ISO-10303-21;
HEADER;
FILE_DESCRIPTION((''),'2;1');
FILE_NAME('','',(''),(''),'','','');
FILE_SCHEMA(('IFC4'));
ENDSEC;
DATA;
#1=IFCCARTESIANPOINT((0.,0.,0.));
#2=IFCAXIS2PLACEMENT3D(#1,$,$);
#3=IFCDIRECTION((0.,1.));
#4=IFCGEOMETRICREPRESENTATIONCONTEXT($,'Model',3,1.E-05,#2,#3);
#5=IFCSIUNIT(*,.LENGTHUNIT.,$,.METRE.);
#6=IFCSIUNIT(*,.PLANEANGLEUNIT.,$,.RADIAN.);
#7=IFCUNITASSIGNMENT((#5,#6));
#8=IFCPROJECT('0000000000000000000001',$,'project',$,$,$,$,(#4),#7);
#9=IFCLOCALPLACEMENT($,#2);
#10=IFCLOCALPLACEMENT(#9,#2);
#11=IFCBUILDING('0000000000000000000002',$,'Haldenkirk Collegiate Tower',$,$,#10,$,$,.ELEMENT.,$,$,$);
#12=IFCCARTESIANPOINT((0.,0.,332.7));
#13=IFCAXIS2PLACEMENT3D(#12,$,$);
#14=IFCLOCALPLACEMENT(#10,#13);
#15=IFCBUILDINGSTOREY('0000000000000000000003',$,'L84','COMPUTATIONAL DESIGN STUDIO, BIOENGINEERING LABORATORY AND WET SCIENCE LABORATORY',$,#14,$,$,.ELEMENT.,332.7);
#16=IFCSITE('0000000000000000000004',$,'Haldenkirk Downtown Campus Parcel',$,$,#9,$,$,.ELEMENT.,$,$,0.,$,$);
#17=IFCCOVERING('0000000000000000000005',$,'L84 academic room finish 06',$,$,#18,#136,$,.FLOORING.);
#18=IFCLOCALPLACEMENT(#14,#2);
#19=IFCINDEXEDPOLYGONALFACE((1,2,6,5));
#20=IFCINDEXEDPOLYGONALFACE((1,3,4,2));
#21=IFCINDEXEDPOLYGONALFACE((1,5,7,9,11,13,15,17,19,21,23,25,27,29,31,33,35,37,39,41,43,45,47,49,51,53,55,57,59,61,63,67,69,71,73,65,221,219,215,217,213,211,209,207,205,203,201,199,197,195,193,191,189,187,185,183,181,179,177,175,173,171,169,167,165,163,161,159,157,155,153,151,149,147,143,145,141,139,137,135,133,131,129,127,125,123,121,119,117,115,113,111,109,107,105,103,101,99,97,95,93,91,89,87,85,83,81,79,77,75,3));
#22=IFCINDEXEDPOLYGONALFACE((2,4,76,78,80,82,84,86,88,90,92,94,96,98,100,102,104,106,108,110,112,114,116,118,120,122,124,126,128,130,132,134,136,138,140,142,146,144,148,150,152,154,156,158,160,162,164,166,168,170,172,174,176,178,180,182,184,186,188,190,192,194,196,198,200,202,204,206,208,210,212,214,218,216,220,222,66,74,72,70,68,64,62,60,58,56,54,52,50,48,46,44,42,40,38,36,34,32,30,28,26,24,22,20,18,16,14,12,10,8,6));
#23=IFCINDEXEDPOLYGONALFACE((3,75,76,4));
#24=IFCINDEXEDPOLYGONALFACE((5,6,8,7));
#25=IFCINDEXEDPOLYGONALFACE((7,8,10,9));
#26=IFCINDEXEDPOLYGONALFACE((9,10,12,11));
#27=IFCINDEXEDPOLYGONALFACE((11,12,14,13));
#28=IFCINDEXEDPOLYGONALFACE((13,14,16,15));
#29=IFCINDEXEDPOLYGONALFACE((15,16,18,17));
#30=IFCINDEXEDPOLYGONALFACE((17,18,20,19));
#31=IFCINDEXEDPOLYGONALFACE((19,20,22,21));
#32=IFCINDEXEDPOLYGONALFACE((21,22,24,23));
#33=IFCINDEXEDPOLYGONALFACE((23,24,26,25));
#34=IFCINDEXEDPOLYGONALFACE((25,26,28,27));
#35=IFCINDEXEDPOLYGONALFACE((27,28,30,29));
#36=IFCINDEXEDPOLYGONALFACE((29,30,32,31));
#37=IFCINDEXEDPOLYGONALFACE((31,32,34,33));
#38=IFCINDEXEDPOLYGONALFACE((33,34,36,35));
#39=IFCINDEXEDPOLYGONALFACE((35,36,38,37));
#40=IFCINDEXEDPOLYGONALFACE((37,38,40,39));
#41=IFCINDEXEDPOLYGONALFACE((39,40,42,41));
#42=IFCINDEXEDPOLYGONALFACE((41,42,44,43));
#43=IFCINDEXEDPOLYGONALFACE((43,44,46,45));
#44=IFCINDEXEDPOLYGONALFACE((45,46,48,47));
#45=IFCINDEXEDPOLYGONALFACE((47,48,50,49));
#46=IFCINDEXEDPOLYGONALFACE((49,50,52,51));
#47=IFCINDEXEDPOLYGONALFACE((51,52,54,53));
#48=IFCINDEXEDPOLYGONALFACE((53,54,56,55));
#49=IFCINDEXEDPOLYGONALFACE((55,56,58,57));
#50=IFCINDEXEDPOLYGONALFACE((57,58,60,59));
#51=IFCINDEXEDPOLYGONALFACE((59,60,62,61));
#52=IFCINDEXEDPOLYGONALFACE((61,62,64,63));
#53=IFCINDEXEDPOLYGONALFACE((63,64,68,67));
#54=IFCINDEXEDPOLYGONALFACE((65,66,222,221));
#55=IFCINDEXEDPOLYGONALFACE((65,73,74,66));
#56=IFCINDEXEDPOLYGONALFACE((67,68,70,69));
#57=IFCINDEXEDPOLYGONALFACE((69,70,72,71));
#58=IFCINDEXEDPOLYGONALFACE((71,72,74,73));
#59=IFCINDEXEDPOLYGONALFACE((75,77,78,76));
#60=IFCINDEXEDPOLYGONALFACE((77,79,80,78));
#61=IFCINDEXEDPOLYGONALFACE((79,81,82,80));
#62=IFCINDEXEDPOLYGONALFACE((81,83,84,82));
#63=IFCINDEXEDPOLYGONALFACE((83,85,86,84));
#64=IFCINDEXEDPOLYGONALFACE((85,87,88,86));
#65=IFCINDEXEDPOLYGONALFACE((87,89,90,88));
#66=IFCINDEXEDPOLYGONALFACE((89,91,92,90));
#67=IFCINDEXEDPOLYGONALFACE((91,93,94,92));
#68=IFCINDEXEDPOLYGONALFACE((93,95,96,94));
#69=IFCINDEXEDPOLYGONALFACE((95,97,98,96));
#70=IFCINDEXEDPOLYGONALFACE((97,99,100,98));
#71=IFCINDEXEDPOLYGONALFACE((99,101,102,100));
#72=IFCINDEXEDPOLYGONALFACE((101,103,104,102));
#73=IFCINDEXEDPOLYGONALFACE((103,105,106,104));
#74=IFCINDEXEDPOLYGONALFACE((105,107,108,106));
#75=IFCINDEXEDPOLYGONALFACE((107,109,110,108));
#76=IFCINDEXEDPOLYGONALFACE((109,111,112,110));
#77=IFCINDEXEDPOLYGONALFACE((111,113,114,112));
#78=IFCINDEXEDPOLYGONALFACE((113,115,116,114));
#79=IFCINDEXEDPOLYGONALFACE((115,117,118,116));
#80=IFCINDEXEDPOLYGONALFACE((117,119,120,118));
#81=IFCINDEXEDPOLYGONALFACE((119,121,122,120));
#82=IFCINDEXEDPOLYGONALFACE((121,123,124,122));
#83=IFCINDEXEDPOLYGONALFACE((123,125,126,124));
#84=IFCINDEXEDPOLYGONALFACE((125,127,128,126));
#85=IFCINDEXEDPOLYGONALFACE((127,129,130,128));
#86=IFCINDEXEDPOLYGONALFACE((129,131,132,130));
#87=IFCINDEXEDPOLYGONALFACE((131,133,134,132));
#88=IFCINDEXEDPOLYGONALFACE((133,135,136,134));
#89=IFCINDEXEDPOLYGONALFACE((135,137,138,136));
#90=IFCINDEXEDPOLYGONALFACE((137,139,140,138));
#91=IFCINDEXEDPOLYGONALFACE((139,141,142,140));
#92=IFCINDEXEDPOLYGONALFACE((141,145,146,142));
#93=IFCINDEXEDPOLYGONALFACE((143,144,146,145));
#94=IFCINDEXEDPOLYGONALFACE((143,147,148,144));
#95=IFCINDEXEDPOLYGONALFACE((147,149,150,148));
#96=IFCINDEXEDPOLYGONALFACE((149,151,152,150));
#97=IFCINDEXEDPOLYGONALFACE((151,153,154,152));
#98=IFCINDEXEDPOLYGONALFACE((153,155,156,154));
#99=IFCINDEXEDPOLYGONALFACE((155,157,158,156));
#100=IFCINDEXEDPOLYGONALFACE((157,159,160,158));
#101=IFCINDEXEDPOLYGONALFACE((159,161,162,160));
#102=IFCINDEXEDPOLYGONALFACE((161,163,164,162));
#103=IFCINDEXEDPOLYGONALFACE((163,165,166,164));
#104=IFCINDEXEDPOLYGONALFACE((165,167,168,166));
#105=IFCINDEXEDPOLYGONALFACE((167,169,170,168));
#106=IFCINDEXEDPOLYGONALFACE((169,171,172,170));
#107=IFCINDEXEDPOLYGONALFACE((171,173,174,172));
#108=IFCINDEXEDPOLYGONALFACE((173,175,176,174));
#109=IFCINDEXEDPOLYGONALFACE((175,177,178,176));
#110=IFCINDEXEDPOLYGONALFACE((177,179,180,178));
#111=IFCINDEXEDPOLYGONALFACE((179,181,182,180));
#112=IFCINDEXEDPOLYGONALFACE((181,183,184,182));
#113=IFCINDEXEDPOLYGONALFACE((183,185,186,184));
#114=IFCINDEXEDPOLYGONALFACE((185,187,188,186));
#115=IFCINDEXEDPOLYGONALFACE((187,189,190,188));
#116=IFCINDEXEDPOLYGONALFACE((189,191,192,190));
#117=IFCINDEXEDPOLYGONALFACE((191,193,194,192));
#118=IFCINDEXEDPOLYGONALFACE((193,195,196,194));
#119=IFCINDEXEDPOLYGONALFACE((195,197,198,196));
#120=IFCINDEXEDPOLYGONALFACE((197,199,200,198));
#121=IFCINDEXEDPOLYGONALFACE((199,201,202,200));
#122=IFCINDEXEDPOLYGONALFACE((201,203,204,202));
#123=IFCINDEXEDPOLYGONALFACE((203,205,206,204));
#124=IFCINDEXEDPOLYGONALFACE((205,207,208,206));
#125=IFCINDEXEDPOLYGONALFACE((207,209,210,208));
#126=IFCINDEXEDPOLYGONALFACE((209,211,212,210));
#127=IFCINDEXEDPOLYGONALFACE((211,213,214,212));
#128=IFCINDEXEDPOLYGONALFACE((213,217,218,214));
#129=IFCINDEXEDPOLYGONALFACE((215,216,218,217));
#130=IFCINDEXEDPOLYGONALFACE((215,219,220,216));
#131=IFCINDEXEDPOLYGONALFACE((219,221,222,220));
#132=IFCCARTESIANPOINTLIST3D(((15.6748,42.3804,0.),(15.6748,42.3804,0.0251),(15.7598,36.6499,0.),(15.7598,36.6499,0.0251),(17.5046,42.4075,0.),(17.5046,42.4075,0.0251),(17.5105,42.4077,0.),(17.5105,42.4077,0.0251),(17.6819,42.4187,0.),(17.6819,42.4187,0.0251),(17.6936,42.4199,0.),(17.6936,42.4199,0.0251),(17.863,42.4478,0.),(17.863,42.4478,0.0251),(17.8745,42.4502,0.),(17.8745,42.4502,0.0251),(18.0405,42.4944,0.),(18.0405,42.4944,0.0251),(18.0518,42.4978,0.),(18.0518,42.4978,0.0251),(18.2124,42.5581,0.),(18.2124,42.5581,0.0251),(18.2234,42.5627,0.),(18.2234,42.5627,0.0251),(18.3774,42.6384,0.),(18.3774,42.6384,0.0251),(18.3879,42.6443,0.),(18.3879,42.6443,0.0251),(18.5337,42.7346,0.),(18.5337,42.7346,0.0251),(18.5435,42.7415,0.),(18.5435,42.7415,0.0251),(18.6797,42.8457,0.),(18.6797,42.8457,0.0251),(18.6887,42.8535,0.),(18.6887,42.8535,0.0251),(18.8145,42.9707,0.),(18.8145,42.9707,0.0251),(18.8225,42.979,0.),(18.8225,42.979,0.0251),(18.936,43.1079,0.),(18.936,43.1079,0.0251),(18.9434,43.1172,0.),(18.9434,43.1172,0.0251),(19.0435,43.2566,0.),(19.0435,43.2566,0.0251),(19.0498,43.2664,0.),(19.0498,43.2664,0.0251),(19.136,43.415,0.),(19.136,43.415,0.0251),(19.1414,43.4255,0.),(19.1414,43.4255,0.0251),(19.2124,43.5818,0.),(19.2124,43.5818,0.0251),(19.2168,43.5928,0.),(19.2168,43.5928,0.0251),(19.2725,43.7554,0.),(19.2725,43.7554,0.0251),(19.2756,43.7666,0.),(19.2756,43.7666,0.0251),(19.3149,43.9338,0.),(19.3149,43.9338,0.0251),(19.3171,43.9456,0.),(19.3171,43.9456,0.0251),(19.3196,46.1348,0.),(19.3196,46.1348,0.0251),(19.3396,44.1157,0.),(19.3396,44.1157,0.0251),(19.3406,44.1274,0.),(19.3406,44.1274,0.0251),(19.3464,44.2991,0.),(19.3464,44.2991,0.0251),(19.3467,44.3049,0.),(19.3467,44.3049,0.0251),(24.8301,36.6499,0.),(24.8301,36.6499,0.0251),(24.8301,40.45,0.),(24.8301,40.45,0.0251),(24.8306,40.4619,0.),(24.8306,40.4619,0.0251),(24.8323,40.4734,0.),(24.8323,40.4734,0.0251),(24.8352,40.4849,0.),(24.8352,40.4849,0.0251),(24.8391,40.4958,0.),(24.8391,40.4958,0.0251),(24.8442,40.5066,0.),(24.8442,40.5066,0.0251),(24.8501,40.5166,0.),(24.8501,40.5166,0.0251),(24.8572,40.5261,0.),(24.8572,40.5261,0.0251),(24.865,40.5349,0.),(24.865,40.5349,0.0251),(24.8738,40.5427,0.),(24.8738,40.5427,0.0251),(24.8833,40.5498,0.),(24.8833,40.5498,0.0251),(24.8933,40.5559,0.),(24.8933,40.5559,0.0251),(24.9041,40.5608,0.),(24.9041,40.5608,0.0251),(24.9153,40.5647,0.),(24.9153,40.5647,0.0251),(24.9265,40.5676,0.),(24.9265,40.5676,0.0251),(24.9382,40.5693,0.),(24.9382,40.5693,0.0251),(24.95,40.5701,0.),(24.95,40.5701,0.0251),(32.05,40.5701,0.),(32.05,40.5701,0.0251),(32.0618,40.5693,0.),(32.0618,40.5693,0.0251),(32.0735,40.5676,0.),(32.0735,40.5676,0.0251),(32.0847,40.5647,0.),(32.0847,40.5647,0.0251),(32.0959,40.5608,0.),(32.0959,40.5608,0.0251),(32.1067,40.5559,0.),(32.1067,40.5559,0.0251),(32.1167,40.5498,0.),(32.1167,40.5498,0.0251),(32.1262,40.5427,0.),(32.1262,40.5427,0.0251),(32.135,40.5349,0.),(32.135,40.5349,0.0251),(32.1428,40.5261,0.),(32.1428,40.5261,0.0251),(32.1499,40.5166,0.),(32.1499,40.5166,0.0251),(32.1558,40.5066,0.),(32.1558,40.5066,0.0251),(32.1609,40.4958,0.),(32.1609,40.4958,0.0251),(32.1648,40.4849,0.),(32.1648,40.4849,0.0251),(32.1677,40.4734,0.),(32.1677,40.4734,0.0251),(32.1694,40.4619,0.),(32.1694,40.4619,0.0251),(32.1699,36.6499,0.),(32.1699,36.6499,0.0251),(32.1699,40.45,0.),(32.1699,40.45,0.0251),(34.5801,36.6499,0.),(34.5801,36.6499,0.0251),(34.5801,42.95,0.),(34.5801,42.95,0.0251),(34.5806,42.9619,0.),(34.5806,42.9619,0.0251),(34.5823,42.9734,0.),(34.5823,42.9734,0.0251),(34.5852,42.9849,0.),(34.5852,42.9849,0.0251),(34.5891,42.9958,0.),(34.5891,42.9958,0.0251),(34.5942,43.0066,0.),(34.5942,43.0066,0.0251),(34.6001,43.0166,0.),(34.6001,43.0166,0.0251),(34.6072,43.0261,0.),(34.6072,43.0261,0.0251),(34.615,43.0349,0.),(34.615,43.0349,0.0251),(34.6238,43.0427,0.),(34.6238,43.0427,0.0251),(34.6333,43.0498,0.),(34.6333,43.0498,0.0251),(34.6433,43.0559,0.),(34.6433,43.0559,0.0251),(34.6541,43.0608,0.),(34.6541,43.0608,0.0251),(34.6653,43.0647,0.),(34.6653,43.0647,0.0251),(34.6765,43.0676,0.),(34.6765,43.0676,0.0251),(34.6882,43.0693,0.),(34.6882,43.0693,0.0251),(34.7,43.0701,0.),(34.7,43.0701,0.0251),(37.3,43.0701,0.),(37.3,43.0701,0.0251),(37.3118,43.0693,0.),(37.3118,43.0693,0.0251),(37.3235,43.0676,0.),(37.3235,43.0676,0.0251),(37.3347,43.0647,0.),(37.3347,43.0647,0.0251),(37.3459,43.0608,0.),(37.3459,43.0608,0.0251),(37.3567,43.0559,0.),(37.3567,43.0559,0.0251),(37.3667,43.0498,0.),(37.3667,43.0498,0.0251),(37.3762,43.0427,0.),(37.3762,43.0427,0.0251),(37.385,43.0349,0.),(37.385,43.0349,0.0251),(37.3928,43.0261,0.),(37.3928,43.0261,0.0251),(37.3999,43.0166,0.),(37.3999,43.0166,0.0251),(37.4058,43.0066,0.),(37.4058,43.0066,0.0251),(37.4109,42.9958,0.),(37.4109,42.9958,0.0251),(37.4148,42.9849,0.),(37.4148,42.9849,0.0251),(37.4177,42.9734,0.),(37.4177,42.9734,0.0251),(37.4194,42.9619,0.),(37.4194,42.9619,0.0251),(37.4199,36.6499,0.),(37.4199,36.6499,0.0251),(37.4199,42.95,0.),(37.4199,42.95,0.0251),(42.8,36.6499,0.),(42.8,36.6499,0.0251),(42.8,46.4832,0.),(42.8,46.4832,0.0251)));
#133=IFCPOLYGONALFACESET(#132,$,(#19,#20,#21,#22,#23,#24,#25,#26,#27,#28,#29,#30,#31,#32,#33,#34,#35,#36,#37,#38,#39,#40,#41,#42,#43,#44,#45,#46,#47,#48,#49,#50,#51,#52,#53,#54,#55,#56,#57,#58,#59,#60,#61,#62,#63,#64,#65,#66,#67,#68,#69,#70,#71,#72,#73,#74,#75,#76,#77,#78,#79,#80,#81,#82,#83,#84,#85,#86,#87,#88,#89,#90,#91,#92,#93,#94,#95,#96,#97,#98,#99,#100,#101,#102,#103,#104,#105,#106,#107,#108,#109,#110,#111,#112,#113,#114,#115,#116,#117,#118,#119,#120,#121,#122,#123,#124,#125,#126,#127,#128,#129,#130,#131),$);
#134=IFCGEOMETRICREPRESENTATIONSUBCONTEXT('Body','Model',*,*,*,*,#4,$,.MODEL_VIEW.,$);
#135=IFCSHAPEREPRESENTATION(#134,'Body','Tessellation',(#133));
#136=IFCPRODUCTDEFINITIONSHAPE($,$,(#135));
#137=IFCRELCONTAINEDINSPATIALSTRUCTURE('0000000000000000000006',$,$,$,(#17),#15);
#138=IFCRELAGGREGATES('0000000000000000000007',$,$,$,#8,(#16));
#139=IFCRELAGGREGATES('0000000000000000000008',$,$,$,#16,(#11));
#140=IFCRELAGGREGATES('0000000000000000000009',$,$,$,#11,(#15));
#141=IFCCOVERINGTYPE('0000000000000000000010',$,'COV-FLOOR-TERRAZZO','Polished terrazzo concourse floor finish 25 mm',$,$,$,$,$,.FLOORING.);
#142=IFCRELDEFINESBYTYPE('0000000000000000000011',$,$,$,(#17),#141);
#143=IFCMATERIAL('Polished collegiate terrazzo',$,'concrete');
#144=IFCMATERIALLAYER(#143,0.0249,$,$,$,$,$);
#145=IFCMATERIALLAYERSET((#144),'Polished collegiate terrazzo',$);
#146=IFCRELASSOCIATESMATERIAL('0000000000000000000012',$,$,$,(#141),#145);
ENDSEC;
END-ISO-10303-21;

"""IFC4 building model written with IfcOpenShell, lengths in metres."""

from ifc_helpers import new_model, si_unit, direction, frame, origin, place, context, subcontext, project, spatial, polyline, outline, extrude, material, layer, layer_set, type_object, element, save


model = new_model("IFC4")

# Units and contexts
model_context = context("Model", 3, precision=1e-05, world=origin(), true_north=direction((0.0, 1.0)))
body_context = subcontext(model_context, "Body", "Model", "MODEL_VIEW")
ifc_project = project(units=[si_unit("LENGTHUNIT", "METRE"), si_unit("PLANEANGLEUNIT", "RADIAN")], contexts=[model_context])

# Site, building, storey
site_placement = place(None, origin())
site = spatial("IfcSite", under=ifc_project, at=site_placement, Name="Haldenkirk Downtown Campus Parcel", CompositionType="ELEMENT", RefElevation=0.0)
building_placement = place(site_placement, origin())
building = spatial("IfcBuilding", under=site, at=building_placement, Name="Haldenkirk Collegiate Tower", CompositionType="ELEMENT")
storey_placement = place(building_placement, frame((0.0, 0.0, 332.7)))
storey = spatial("IfcBuildingStorey", under=building, at=storey_placement, Name="L84", Description="COMPUTATIONAL DESIGN STUDIO, BIOENGINEERING LABORATORY AND WET SCIENCE LABORATORY", CompositionType="ELEMENT", Elevation=332.7)

# Covering
ifc_material_1 = material(Name="Polished collegiate terrazzo", Category="concrete")
ifc_layer_1 = layer(ifc_material_1, 0.0249)
ifc_layer_set_1 = layer_set([ifc_layer_1], Name="Polished collegiate terrazzo")
covering_type_1 = type_object("IfcCoveringType", Name="COV-FLOOR-TERRAZZO", Description="Polished terrazzo concourse floor finish 25 mm", PredefinedType="FLOORING", material=ifc_layer_set_1)
covering_1_placement = place(storey_placement, origin())
element("IfcCovering", 1, at=covering_1_placement, inside=storey, type_object=covering_type_1, Name="L84 academic room finish 06", PredefinedType="FLOORING", context=body_context, shape_type="SweptSolid", body=[
    extrude(outline(polyline([(17.5046, 42.4075), (17.5105, 42.4077), (17.6819, 42.4187), (17.6936, 42.4199), (17.863, 42.4478), (17.8745, 42.4502), (18.0405, 42.4944), (18.0518, 42.4978), (18.2124, 42.5581), (18.2234, 42.5627), (18.3774, 42.6384), (18.3879, 42.6443), (18.5337, 42.7346), (18.5435, 42.7415), (18.6797, 42.8457), (18.6887, 42.8535), (18.8145, 42.9707), (18.8225, 42.979), (18.936, 43.1079), (18.9434, 43.1172), (19.0435, 43.2566), (19.0498, 43.2664), (19.136, 43.415), (19.1414, 43.4255), (19.2124, 43.5818), (19.2168, 43.5928), (19.2725, 43.7554), (19.2756, 43.7666), (19.3149, 43.9338), (19.3171, 43.9456), (19.3396, 44.1157), (19.3406, 44.1274), (19.3464, 44.2991), (19.3467, 44.3049), (19.3196, 46.1348), (42.8, 46.4832), (42.8, 36.6499), (37.4199, 36.6499), (37.4199, 42.95), (37.4194, 42.9619), (37.4177, 42.9734), (37.4148, 42.9849), (37.4109, 42.9958), (37.4058, 43.0066), (37.3999, 43.0166), (37.3928, 43.0261), (37.385, 43.0349), (37.3762, 43.0427), (37.3667, 43.0498), (37.3567, 43.0559), (37.3459, 43.0608), (37.3347, 43.0647), (37.3235, 43.0676), (37.3118, 43.0693), (37.3, 43.0701), (34.7, 43.0701), (34.6882, 43.0693), (34.6765, 43.0676), (34.6653, 43.0647), (34.6541, 43.0608), (34.6433, 43.0559), (34.6333, 43.0498), (34.6238, 43.0427), (34.615, 43.0349), (34.6072, 43.0261), (34.6001, 43.0166), (34.5942, 43.0066), (34.5891, 42.9958), (34.5852, 42.9849), (34.5823, 42.9734), (34.5806, 42.9619), (34.5801, 42.95), (34.5801, 36.6499), (32.1699, 36.6499), (32.1699, 40.45), (32.1694, 40.4619), (32.1677, 40.4734), (32.1648, 40.4849), (32.1609, 40.4958), (32.1558, 40.5066), (32.1499, 40.5166), (32.1428, 40.5261), (32.135, 40.5349), (32.1262, 40.5427), (32.1167, 40.5498), (32.1067, 40.5559), (32.0959, 40.5608), (32.0847, 40.5647), (32.0735, 40.5676), (32.0618, 40.5693), (32.05, 40.5701), (24.95, 40.5701), (24.9382, 40.5693), (24.9265, 40.5676), (24.9153, 40.5647), (24.9041, 40.5608), (24.8933, 40.5559), (24.8833, 40.5498), (24.8738, 40.5427), (24.865, 40.5349), (24.8572, 40.5261), (24.8501, 40.5166), (24.8442, 40.5066), (24.8391, 40.4958), (24.8352, 40.4849), (24.8323, 40.4734), (24.8306, 40.4619), (24.8301, 40.45), (24.8301, 36.6499), (15.7598, 36.6499), (15.6748, 42.3804), (17.5046, 42.4075)])), origin(), (0.0, 0.0, 1.0), 0.0251),
])

save(model, "model.ifc")
